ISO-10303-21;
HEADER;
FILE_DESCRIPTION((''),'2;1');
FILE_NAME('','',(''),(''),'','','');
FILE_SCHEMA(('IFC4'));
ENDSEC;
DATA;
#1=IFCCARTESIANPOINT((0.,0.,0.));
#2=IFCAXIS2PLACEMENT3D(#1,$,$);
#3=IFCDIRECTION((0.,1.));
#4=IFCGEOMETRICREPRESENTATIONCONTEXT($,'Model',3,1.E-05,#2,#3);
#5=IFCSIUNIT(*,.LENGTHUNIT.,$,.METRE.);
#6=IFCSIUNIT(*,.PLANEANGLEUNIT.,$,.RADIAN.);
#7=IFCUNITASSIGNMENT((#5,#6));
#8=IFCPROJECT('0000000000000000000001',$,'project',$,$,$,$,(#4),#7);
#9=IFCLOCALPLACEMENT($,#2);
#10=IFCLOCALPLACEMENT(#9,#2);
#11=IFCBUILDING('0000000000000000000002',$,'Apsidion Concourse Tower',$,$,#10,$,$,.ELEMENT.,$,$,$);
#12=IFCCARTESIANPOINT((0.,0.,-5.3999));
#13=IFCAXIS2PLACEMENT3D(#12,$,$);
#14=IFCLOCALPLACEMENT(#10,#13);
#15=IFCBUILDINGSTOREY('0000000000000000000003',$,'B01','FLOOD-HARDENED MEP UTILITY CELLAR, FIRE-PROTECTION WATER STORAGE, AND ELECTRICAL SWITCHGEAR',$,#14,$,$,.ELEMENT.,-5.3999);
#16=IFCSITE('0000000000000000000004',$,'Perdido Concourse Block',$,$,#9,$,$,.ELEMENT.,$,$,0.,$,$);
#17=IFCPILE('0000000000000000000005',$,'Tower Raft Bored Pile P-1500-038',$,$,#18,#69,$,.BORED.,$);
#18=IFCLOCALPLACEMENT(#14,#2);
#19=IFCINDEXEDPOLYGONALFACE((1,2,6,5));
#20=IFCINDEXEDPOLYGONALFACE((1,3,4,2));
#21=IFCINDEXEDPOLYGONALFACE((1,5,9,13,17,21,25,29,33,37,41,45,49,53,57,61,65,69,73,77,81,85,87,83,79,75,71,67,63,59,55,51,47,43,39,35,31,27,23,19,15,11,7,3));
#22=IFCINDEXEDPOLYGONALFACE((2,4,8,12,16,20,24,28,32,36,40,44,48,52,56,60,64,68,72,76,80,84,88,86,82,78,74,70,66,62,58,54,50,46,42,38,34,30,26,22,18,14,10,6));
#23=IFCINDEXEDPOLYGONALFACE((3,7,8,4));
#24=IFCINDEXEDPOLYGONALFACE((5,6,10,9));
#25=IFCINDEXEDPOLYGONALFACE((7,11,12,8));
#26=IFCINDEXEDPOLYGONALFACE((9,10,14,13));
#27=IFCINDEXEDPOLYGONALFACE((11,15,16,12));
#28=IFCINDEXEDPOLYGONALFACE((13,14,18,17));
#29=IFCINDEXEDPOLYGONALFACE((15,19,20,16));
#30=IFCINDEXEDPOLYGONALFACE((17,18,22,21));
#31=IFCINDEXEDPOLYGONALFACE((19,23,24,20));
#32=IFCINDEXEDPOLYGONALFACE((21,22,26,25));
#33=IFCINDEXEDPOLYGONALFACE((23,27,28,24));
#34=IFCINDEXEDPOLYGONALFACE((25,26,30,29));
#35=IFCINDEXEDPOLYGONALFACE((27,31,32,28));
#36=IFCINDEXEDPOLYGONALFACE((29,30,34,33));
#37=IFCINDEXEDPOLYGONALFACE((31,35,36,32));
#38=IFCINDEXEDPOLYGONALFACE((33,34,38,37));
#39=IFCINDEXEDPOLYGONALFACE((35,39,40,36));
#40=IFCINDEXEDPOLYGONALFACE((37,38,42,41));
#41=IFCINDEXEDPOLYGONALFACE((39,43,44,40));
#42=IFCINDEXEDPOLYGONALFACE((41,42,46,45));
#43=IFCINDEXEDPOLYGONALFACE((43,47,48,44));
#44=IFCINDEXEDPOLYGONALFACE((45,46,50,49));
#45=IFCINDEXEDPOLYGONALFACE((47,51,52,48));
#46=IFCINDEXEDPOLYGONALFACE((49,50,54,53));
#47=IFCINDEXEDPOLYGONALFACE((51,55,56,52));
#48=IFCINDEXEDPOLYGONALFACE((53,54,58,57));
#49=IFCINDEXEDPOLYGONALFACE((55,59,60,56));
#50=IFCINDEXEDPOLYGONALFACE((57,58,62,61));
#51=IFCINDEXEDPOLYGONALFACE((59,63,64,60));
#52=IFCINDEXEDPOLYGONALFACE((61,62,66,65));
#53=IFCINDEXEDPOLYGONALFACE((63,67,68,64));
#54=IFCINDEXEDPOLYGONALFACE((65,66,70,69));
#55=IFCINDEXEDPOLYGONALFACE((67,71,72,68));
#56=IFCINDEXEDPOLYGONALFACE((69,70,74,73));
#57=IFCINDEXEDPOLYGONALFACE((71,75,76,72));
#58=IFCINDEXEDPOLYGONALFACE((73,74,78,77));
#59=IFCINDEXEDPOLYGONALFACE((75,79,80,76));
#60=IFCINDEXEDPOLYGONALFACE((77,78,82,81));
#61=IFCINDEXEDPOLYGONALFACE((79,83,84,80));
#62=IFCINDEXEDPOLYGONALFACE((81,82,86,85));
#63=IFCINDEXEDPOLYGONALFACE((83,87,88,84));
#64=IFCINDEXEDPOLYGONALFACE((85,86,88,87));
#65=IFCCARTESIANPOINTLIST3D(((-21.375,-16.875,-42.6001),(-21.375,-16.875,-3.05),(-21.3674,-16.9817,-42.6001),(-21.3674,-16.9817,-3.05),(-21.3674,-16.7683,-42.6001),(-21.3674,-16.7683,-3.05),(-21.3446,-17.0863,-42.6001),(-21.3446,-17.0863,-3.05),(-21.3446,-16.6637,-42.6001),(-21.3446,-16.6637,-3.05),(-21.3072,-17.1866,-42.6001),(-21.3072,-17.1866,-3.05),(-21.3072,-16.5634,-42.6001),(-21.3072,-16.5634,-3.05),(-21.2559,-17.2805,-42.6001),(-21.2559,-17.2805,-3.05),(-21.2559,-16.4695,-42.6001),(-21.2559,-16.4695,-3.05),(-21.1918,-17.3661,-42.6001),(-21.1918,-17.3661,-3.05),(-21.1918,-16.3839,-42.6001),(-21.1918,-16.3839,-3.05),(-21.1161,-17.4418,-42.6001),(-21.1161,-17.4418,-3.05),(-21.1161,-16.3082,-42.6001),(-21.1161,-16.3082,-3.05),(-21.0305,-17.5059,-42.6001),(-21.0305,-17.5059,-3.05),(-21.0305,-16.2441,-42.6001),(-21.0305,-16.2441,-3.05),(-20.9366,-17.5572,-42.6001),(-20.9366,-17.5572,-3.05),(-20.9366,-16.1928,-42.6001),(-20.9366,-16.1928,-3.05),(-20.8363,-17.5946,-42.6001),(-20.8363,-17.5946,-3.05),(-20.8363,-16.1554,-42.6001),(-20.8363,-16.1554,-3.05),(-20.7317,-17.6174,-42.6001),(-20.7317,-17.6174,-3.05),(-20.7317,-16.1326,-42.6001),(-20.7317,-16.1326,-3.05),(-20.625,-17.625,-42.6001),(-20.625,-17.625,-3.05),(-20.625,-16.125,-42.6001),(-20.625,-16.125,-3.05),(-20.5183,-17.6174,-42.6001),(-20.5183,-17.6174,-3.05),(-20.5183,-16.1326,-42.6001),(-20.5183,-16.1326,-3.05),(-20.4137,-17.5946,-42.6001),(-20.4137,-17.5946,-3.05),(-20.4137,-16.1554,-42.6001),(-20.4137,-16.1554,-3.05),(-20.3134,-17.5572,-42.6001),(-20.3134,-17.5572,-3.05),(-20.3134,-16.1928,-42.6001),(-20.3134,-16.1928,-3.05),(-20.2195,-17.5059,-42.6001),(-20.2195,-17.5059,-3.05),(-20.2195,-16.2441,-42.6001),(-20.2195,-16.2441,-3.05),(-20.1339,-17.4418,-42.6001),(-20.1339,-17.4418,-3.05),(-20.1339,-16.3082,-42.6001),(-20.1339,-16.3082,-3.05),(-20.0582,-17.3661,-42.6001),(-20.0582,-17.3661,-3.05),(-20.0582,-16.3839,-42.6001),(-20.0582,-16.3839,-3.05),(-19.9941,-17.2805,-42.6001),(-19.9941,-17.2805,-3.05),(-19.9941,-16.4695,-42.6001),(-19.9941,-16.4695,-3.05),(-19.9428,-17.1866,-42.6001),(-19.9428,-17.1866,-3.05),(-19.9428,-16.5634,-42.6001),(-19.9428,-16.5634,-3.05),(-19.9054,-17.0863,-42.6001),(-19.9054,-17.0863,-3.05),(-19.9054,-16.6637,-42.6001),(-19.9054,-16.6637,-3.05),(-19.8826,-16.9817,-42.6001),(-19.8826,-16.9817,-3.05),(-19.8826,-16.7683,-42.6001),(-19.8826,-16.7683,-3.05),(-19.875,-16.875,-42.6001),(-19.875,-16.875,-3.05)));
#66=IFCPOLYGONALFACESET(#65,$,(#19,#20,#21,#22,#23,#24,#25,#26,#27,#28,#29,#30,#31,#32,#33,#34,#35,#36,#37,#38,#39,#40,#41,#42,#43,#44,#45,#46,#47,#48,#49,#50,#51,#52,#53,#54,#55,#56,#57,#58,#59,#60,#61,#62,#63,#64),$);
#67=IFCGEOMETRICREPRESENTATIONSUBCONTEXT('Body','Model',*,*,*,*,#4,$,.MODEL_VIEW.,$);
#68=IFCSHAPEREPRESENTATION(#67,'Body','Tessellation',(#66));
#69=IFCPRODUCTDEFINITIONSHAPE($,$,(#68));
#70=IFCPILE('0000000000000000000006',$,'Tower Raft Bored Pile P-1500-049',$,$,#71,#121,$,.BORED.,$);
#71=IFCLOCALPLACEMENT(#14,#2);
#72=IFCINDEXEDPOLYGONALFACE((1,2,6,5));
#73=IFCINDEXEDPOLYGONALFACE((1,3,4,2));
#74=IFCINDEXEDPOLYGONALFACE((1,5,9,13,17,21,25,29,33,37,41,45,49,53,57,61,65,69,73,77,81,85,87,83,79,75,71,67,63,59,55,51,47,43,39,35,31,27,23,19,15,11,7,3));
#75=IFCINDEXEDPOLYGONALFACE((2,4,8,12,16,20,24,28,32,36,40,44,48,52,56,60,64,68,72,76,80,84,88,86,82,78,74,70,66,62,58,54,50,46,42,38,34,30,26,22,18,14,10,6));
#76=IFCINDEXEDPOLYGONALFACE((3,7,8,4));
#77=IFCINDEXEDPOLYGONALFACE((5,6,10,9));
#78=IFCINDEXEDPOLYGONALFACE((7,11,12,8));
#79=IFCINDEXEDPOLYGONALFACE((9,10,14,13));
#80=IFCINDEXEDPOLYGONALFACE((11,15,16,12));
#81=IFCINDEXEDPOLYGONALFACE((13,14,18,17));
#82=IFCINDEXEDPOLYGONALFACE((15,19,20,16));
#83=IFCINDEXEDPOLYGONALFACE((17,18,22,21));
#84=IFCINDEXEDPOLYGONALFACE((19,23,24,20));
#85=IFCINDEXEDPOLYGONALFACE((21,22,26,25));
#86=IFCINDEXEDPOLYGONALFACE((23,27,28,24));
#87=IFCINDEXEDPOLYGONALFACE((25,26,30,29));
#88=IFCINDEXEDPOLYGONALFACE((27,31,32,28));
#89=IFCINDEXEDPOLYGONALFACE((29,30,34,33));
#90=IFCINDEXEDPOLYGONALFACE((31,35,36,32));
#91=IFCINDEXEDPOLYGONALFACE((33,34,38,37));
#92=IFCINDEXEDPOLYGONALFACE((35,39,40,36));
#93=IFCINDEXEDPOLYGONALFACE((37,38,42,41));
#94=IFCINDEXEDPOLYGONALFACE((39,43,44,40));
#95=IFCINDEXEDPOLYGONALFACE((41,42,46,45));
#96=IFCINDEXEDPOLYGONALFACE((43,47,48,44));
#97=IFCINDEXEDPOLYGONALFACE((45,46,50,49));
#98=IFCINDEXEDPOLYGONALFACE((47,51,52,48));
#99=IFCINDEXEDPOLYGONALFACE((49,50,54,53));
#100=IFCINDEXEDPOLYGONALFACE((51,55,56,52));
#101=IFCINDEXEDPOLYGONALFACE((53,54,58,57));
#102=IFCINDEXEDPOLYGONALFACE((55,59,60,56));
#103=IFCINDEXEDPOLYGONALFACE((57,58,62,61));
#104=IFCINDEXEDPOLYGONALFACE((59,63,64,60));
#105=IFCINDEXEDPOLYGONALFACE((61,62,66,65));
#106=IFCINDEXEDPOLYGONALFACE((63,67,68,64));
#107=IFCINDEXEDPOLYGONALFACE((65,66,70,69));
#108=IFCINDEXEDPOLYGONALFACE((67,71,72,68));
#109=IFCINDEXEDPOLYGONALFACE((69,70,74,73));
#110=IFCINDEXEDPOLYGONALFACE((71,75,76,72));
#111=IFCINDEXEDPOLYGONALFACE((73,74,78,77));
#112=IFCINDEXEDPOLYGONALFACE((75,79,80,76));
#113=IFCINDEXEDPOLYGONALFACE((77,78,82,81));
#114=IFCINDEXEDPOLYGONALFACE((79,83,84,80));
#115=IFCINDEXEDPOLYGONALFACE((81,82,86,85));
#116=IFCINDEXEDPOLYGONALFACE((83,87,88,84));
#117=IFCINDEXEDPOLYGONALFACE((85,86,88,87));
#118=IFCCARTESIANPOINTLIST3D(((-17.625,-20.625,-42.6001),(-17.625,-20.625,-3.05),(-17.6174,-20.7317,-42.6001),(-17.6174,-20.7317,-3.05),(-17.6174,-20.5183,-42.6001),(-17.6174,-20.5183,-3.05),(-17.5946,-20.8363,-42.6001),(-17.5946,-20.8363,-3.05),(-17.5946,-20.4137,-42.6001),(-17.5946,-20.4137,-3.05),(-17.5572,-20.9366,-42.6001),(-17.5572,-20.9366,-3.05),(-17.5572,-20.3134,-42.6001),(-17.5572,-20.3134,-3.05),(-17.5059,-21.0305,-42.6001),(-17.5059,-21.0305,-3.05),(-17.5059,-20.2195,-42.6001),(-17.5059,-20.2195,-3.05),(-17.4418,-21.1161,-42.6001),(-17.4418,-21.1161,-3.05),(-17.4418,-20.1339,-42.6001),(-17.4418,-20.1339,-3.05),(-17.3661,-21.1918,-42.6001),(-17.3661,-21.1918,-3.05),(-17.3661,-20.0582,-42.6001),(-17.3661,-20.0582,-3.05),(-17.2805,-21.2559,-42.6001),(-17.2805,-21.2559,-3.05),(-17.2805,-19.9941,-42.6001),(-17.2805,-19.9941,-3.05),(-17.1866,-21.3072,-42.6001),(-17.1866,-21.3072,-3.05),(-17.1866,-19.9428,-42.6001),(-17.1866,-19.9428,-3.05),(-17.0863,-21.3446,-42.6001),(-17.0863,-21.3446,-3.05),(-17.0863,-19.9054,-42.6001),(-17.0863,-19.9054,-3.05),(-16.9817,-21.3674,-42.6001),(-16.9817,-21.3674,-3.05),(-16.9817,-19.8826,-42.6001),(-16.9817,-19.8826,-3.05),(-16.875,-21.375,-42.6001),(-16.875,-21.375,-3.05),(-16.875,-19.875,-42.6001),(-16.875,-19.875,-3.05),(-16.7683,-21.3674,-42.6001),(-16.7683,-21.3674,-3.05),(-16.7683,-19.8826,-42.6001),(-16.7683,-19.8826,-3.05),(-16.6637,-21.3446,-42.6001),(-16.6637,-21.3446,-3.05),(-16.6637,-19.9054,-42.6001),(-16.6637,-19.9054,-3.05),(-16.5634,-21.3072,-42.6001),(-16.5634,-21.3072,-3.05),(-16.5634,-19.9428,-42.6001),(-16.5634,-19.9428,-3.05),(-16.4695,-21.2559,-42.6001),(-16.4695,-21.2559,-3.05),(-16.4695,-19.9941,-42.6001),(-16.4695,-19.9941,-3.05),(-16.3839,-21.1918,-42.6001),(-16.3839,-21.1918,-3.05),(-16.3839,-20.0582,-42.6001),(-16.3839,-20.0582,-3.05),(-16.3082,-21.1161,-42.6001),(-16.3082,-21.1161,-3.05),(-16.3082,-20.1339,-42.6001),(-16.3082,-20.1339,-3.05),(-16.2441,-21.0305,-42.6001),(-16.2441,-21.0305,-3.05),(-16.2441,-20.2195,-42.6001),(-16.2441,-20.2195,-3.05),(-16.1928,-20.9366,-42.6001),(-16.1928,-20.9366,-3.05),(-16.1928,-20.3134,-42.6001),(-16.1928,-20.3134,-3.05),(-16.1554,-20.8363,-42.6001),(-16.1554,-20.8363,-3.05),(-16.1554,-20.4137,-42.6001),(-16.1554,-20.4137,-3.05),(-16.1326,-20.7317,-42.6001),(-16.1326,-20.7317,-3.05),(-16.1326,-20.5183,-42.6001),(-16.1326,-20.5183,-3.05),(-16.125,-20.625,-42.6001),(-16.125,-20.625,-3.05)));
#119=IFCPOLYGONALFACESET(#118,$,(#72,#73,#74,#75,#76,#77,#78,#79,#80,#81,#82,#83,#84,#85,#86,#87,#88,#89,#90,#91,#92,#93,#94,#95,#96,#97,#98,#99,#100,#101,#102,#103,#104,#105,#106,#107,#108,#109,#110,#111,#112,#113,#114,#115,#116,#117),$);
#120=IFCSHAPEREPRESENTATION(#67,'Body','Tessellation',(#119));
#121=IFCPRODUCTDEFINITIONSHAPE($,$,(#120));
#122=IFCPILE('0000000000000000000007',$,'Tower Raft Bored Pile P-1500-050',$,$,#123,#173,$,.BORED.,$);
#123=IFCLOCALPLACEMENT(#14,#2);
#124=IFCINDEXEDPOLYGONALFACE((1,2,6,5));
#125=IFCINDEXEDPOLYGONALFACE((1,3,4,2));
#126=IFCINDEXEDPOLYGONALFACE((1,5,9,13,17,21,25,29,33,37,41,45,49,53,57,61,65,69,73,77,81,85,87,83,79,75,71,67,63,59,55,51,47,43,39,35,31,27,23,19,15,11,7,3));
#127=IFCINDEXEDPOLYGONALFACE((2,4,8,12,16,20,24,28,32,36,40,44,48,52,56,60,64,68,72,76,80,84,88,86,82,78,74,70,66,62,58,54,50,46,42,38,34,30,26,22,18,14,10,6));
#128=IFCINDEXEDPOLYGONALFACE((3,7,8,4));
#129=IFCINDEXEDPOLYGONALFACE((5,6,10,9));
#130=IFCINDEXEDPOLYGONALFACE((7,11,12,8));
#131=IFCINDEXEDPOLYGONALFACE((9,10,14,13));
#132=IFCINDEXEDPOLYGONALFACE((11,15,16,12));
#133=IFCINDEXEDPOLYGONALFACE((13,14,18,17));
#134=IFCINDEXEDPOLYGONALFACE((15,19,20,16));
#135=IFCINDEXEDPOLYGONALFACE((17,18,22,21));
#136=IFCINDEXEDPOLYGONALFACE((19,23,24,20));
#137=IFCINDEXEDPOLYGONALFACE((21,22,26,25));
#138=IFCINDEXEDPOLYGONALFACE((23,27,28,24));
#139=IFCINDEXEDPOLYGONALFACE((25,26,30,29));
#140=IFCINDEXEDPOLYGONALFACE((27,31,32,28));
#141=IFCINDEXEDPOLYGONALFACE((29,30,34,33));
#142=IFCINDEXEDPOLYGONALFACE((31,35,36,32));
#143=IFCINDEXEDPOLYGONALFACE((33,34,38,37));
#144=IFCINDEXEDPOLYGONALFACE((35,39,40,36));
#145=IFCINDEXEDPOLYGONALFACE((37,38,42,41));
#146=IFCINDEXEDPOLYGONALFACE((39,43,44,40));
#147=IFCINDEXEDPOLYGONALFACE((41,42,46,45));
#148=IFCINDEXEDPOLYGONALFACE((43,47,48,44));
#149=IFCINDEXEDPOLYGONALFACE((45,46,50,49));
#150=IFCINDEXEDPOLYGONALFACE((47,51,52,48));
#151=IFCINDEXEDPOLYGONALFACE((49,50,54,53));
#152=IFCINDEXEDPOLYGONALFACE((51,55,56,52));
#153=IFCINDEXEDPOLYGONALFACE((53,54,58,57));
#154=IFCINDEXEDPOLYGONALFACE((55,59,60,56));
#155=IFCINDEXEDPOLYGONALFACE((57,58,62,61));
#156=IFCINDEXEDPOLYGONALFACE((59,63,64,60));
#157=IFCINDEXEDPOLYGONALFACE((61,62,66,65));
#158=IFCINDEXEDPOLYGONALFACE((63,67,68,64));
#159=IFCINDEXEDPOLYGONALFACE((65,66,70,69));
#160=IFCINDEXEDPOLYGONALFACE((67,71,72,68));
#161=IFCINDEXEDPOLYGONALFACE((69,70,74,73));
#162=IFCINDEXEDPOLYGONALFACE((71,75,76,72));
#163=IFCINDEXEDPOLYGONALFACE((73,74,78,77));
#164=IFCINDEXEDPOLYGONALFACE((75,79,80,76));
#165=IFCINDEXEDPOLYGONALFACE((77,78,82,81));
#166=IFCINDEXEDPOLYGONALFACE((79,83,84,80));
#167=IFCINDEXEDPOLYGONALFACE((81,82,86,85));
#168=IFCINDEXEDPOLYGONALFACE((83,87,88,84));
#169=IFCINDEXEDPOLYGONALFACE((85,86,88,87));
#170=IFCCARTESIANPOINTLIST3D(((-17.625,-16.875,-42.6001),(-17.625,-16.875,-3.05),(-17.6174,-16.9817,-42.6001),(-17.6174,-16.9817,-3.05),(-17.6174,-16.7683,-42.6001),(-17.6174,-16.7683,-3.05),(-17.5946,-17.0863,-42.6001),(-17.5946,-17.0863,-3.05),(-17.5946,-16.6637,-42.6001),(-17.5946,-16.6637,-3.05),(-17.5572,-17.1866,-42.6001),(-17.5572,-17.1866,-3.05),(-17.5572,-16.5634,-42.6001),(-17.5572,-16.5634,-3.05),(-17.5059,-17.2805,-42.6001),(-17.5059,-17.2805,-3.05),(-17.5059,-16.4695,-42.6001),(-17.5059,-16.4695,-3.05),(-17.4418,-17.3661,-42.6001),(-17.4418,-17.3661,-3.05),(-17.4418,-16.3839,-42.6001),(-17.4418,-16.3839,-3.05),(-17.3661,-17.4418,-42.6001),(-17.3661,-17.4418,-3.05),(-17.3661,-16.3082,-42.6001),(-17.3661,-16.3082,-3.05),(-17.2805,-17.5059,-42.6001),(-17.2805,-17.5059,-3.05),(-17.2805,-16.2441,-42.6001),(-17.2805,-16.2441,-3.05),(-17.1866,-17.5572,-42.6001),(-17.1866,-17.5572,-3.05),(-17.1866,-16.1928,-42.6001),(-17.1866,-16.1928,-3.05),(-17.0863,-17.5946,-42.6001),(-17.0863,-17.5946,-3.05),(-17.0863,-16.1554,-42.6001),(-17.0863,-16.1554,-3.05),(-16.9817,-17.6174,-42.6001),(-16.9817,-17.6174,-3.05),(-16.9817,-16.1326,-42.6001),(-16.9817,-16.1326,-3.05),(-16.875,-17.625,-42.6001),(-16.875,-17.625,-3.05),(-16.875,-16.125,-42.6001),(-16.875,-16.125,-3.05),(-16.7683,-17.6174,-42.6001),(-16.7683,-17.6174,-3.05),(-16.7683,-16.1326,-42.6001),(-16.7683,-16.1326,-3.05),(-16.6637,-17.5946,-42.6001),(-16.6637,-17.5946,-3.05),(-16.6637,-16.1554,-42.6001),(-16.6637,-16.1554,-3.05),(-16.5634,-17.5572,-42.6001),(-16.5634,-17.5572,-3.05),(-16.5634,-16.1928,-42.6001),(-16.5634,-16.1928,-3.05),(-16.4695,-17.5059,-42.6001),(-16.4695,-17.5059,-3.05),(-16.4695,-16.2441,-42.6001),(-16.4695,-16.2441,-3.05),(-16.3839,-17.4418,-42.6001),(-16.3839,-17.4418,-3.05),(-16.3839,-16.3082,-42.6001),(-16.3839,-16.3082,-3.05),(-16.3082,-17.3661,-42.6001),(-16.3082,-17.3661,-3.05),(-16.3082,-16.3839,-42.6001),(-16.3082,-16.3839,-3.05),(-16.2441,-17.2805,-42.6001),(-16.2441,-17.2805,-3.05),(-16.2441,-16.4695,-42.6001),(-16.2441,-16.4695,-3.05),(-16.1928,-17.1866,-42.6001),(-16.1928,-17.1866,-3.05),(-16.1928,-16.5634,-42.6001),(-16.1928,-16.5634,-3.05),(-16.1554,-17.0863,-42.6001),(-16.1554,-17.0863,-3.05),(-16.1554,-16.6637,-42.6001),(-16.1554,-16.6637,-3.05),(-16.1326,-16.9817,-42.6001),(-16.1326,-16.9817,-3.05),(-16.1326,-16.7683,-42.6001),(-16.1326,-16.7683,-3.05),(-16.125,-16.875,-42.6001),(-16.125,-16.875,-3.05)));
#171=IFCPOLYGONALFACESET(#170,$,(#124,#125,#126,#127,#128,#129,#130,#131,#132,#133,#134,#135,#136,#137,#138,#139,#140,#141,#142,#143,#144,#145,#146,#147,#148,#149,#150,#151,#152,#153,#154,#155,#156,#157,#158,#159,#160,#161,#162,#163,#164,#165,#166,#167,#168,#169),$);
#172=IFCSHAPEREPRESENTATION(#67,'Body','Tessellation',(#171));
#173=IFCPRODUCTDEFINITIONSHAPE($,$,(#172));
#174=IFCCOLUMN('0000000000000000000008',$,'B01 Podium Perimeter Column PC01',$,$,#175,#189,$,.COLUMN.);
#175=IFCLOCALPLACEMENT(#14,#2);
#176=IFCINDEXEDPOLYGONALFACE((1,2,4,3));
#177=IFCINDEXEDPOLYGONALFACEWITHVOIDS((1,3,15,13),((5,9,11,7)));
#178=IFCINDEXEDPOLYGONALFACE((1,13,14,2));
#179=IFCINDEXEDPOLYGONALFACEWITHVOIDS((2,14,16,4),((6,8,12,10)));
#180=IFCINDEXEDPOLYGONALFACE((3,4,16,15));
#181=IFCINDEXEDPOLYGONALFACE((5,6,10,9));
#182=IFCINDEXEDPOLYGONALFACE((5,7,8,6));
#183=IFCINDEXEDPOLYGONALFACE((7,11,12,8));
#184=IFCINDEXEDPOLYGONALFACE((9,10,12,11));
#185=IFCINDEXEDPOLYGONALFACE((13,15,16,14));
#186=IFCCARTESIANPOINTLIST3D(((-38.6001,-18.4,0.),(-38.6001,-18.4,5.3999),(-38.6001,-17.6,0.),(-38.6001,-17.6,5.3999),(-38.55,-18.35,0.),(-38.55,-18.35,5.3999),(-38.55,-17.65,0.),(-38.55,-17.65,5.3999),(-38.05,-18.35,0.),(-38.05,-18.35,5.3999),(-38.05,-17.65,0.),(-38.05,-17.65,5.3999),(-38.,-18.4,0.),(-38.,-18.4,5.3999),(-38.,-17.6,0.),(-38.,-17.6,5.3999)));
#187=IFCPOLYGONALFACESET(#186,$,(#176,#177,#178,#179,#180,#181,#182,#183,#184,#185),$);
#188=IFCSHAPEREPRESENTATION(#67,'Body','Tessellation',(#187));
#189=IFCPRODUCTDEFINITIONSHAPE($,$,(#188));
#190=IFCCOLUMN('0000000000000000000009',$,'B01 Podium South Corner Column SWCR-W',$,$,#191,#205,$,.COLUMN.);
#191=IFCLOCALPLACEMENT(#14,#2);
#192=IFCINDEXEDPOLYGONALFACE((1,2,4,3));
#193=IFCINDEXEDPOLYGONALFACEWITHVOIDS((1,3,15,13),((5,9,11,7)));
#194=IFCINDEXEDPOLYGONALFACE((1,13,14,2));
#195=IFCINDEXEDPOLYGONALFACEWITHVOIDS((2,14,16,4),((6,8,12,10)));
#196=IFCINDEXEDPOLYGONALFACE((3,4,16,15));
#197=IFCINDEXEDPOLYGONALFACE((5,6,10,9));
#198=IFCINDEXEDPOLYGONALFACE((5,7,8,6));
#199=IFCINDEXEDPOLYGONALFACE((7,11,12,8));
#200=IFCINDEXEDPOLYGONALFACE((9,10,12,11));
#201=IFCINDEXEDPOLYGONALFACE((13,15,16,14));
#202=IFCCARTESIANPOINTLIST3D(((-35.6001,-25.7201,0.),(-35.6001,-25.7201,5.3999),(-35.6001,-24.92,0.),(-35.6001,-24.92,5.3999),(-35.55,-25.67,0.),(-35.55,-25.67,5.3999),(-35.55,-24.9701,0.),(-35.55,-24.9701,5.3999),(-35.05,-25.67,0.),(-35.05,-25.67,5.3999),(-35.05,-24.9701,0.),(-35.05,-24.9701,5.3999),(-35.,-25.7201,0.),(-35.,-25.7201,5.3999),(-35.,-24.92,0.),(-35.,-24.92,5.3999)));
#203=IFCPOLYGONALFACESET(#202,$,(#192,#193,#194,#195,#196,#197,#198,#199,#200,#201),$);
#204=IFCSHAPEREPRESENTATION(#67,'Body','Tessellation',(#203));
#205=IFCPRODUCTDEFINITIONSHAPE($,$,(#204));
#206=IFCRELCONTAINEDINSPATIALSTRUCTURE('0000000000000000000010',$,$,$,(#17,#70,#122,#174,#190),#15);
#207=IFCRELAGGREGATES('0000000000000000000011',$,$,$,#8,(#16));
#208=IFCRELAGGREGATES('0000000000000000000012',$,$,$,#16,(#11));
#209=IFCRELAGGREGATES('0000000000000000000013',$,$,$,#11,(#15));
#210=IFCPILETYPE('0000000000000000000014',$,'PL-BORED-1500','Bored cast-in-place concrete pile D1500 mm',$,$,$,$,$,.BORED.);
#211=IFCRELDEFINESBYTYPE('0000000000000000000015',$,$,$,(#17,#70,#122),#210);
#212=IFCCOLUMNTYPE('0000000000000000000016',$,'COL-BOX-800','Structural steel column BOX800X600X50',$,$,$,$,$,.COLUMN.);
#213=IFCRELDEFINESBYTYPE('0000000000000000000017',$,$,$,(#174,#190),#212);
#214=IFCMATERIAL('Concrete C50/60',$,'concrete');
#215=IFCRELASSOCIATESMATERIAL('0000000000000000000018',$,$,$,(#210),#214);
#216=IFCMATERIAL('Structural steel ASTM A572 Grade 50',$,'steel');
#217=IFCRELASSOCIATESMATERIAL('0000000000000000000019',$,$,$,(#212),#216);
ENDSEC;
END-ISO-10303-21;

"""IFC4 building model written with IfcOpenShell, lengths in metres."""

from ifc_helpers import new_model, si_unit, direction, frame, origin, origin_2d, place, context, subcontext, project, spatial, hollow_rectangle, circle, extrude, material, material_profile, profile_set, type_object, element, save


model = new_model("IFC4")

# Units and contexts
model_context = context("Model", 3, precision=1e-05, world=origin(), true_north=direction((0.0, 1.0)))
body_context = subcontext(model_context, "Body", "Model", "MODEL_VIEW")
ifc_project = project(units=[si_unit("LENGTHUNIT", "METRE"), si_unit("PLANEANGLEUNIT", "RADIAN")], contexts=[model_context])

# Site, building, storey
site_placement = place(None, origin())
site = spatial("IfcSite", under=ifc_project, at=site_placement, Name="Perdido Concourse Block", CompositionType="ELEMENT", RefElevation=0.0)
building_placement = place(site_placement, origin())
building = spatial("IfcBuilding", under=site, at=building_placement, Name="Apsidion Concourse Tower", CompositionType="ELEMENT")
storey_placement = place(building_placement, frame((0.0, 0.0, -5.3999)))
storey = spatial("IfcBuildingStorey", under=building, at=storey_placement, Name="B01", Description="FLOOD-HARDENED MEP UTILITY CELLAR, FIRE-PROTECTION WATER STORAGE, AND ELECTRICAL SWITCHGEAR", CompositionType="ELEMENT", Elevation=-5.3999)

# Shared definitions
ifc_material_1 = material(Name="Concrete C50/60", Category="concrete")

# Piles
ifc_material_profile_1 = material_profile(ifc_material_1, circle(Radius=0.75, at=origin_2d()), Name="BORED PILE D1500")
ifc_profile_set_1 = profile_set([ifc_material_profile_1], Name="Concrete C50/60")
pile_type_1 = type_object("IfcPileType", Name="PL-BORED-1500", Description="Bored cast-in-place concrete pile D1500 mm", PredefinedType="BORED", material=ifc_profile_set_1)
for number, where, z_axis, x_axis, name in (
    (1, (-20.625, -16.875, -3.05), (0.0, 0.0, -1.0), (1.0, 0.0, 0.0), "Tower Raft Bored Pile P-1500-038"),
    (2, (-16.875, -20.625, -3.05), (0.0, 0.0, -1.0), (1.0, 0.0, 0.0), "Tower Raft Bored Pile P-1500-049"),
    (3, (-16.875, -16.875, -3.05), (0.0, 0.0, -1.0), (1.0, 0.0, 0.0), "Tower Raft Bored Pile P-1500-050"),
):
    element("IfcPile", number, at=place(storey_placement, frame(where, z_axis=z_axis, x_axis=x_axis)), inside=storey, type_object=pile_type_1, Name=name, PredefinedType="BORED", context=body_context, shape_type="SweptSolid", body=[
        extrude(circle(Radius=0.75, at=origin_2d()), origin(), (0.0, 0.0, 1.0), 39.55),
    ])

# Columns
ifc_material_2 = material(Name="Structural steel ASTM A572 Grade 50", Category="steel")
ifc_material_profile_2 = material_profile(ifc_material_2, hollow_rectangle(XDim=0.6001, YDim=0.8, WallThickness=0.05, at=origin_2d()), Name="BOX800X600X50")
ifc_profile_set_2 = profile_set([ifc_material_profile_2], Name="Structural steel ASTM A572 Grade 50")
column_type_1 = type_object("IfcColumnType", Name="COL-BOX-800", Description="Structural steel column BOX800X600X50", PredefinedType="COLUMN", material=ifc_profile_set_2)
for number, where, z_axis, x_axis, name in (
    (4, (-38.3, -18.0, 0.0), (0.0, 0.0, 1.0), (1.0, 0.0, 0.0), "B01 Podium Perimeter Column PC01"),
    (5, (-35.3, -25.3201, 0.0), (0.0, 0.0, 1.0), (1.0, 0.0, 0.0), "B01 Podium South Corner Column SWCR-W"),
):
    element("IfcColumn", number, at=place(storey_placement, frame(where, z_axis=z_axis, x_axis=x_axis)), inside=storey, type_object=column_type_1, Name=name, PredefinedType="COLUMN", context=body_context, shape_type="SweptSolid", body=[
        extrude(hollow_rectangle(XDim=0.6001, YDim=0.8, WallThickness=0.05, at=origin_2d()), origin(), (0.0, 0.0, 1.0), 5.3999),
    ])

save(model, "model.ifc")
